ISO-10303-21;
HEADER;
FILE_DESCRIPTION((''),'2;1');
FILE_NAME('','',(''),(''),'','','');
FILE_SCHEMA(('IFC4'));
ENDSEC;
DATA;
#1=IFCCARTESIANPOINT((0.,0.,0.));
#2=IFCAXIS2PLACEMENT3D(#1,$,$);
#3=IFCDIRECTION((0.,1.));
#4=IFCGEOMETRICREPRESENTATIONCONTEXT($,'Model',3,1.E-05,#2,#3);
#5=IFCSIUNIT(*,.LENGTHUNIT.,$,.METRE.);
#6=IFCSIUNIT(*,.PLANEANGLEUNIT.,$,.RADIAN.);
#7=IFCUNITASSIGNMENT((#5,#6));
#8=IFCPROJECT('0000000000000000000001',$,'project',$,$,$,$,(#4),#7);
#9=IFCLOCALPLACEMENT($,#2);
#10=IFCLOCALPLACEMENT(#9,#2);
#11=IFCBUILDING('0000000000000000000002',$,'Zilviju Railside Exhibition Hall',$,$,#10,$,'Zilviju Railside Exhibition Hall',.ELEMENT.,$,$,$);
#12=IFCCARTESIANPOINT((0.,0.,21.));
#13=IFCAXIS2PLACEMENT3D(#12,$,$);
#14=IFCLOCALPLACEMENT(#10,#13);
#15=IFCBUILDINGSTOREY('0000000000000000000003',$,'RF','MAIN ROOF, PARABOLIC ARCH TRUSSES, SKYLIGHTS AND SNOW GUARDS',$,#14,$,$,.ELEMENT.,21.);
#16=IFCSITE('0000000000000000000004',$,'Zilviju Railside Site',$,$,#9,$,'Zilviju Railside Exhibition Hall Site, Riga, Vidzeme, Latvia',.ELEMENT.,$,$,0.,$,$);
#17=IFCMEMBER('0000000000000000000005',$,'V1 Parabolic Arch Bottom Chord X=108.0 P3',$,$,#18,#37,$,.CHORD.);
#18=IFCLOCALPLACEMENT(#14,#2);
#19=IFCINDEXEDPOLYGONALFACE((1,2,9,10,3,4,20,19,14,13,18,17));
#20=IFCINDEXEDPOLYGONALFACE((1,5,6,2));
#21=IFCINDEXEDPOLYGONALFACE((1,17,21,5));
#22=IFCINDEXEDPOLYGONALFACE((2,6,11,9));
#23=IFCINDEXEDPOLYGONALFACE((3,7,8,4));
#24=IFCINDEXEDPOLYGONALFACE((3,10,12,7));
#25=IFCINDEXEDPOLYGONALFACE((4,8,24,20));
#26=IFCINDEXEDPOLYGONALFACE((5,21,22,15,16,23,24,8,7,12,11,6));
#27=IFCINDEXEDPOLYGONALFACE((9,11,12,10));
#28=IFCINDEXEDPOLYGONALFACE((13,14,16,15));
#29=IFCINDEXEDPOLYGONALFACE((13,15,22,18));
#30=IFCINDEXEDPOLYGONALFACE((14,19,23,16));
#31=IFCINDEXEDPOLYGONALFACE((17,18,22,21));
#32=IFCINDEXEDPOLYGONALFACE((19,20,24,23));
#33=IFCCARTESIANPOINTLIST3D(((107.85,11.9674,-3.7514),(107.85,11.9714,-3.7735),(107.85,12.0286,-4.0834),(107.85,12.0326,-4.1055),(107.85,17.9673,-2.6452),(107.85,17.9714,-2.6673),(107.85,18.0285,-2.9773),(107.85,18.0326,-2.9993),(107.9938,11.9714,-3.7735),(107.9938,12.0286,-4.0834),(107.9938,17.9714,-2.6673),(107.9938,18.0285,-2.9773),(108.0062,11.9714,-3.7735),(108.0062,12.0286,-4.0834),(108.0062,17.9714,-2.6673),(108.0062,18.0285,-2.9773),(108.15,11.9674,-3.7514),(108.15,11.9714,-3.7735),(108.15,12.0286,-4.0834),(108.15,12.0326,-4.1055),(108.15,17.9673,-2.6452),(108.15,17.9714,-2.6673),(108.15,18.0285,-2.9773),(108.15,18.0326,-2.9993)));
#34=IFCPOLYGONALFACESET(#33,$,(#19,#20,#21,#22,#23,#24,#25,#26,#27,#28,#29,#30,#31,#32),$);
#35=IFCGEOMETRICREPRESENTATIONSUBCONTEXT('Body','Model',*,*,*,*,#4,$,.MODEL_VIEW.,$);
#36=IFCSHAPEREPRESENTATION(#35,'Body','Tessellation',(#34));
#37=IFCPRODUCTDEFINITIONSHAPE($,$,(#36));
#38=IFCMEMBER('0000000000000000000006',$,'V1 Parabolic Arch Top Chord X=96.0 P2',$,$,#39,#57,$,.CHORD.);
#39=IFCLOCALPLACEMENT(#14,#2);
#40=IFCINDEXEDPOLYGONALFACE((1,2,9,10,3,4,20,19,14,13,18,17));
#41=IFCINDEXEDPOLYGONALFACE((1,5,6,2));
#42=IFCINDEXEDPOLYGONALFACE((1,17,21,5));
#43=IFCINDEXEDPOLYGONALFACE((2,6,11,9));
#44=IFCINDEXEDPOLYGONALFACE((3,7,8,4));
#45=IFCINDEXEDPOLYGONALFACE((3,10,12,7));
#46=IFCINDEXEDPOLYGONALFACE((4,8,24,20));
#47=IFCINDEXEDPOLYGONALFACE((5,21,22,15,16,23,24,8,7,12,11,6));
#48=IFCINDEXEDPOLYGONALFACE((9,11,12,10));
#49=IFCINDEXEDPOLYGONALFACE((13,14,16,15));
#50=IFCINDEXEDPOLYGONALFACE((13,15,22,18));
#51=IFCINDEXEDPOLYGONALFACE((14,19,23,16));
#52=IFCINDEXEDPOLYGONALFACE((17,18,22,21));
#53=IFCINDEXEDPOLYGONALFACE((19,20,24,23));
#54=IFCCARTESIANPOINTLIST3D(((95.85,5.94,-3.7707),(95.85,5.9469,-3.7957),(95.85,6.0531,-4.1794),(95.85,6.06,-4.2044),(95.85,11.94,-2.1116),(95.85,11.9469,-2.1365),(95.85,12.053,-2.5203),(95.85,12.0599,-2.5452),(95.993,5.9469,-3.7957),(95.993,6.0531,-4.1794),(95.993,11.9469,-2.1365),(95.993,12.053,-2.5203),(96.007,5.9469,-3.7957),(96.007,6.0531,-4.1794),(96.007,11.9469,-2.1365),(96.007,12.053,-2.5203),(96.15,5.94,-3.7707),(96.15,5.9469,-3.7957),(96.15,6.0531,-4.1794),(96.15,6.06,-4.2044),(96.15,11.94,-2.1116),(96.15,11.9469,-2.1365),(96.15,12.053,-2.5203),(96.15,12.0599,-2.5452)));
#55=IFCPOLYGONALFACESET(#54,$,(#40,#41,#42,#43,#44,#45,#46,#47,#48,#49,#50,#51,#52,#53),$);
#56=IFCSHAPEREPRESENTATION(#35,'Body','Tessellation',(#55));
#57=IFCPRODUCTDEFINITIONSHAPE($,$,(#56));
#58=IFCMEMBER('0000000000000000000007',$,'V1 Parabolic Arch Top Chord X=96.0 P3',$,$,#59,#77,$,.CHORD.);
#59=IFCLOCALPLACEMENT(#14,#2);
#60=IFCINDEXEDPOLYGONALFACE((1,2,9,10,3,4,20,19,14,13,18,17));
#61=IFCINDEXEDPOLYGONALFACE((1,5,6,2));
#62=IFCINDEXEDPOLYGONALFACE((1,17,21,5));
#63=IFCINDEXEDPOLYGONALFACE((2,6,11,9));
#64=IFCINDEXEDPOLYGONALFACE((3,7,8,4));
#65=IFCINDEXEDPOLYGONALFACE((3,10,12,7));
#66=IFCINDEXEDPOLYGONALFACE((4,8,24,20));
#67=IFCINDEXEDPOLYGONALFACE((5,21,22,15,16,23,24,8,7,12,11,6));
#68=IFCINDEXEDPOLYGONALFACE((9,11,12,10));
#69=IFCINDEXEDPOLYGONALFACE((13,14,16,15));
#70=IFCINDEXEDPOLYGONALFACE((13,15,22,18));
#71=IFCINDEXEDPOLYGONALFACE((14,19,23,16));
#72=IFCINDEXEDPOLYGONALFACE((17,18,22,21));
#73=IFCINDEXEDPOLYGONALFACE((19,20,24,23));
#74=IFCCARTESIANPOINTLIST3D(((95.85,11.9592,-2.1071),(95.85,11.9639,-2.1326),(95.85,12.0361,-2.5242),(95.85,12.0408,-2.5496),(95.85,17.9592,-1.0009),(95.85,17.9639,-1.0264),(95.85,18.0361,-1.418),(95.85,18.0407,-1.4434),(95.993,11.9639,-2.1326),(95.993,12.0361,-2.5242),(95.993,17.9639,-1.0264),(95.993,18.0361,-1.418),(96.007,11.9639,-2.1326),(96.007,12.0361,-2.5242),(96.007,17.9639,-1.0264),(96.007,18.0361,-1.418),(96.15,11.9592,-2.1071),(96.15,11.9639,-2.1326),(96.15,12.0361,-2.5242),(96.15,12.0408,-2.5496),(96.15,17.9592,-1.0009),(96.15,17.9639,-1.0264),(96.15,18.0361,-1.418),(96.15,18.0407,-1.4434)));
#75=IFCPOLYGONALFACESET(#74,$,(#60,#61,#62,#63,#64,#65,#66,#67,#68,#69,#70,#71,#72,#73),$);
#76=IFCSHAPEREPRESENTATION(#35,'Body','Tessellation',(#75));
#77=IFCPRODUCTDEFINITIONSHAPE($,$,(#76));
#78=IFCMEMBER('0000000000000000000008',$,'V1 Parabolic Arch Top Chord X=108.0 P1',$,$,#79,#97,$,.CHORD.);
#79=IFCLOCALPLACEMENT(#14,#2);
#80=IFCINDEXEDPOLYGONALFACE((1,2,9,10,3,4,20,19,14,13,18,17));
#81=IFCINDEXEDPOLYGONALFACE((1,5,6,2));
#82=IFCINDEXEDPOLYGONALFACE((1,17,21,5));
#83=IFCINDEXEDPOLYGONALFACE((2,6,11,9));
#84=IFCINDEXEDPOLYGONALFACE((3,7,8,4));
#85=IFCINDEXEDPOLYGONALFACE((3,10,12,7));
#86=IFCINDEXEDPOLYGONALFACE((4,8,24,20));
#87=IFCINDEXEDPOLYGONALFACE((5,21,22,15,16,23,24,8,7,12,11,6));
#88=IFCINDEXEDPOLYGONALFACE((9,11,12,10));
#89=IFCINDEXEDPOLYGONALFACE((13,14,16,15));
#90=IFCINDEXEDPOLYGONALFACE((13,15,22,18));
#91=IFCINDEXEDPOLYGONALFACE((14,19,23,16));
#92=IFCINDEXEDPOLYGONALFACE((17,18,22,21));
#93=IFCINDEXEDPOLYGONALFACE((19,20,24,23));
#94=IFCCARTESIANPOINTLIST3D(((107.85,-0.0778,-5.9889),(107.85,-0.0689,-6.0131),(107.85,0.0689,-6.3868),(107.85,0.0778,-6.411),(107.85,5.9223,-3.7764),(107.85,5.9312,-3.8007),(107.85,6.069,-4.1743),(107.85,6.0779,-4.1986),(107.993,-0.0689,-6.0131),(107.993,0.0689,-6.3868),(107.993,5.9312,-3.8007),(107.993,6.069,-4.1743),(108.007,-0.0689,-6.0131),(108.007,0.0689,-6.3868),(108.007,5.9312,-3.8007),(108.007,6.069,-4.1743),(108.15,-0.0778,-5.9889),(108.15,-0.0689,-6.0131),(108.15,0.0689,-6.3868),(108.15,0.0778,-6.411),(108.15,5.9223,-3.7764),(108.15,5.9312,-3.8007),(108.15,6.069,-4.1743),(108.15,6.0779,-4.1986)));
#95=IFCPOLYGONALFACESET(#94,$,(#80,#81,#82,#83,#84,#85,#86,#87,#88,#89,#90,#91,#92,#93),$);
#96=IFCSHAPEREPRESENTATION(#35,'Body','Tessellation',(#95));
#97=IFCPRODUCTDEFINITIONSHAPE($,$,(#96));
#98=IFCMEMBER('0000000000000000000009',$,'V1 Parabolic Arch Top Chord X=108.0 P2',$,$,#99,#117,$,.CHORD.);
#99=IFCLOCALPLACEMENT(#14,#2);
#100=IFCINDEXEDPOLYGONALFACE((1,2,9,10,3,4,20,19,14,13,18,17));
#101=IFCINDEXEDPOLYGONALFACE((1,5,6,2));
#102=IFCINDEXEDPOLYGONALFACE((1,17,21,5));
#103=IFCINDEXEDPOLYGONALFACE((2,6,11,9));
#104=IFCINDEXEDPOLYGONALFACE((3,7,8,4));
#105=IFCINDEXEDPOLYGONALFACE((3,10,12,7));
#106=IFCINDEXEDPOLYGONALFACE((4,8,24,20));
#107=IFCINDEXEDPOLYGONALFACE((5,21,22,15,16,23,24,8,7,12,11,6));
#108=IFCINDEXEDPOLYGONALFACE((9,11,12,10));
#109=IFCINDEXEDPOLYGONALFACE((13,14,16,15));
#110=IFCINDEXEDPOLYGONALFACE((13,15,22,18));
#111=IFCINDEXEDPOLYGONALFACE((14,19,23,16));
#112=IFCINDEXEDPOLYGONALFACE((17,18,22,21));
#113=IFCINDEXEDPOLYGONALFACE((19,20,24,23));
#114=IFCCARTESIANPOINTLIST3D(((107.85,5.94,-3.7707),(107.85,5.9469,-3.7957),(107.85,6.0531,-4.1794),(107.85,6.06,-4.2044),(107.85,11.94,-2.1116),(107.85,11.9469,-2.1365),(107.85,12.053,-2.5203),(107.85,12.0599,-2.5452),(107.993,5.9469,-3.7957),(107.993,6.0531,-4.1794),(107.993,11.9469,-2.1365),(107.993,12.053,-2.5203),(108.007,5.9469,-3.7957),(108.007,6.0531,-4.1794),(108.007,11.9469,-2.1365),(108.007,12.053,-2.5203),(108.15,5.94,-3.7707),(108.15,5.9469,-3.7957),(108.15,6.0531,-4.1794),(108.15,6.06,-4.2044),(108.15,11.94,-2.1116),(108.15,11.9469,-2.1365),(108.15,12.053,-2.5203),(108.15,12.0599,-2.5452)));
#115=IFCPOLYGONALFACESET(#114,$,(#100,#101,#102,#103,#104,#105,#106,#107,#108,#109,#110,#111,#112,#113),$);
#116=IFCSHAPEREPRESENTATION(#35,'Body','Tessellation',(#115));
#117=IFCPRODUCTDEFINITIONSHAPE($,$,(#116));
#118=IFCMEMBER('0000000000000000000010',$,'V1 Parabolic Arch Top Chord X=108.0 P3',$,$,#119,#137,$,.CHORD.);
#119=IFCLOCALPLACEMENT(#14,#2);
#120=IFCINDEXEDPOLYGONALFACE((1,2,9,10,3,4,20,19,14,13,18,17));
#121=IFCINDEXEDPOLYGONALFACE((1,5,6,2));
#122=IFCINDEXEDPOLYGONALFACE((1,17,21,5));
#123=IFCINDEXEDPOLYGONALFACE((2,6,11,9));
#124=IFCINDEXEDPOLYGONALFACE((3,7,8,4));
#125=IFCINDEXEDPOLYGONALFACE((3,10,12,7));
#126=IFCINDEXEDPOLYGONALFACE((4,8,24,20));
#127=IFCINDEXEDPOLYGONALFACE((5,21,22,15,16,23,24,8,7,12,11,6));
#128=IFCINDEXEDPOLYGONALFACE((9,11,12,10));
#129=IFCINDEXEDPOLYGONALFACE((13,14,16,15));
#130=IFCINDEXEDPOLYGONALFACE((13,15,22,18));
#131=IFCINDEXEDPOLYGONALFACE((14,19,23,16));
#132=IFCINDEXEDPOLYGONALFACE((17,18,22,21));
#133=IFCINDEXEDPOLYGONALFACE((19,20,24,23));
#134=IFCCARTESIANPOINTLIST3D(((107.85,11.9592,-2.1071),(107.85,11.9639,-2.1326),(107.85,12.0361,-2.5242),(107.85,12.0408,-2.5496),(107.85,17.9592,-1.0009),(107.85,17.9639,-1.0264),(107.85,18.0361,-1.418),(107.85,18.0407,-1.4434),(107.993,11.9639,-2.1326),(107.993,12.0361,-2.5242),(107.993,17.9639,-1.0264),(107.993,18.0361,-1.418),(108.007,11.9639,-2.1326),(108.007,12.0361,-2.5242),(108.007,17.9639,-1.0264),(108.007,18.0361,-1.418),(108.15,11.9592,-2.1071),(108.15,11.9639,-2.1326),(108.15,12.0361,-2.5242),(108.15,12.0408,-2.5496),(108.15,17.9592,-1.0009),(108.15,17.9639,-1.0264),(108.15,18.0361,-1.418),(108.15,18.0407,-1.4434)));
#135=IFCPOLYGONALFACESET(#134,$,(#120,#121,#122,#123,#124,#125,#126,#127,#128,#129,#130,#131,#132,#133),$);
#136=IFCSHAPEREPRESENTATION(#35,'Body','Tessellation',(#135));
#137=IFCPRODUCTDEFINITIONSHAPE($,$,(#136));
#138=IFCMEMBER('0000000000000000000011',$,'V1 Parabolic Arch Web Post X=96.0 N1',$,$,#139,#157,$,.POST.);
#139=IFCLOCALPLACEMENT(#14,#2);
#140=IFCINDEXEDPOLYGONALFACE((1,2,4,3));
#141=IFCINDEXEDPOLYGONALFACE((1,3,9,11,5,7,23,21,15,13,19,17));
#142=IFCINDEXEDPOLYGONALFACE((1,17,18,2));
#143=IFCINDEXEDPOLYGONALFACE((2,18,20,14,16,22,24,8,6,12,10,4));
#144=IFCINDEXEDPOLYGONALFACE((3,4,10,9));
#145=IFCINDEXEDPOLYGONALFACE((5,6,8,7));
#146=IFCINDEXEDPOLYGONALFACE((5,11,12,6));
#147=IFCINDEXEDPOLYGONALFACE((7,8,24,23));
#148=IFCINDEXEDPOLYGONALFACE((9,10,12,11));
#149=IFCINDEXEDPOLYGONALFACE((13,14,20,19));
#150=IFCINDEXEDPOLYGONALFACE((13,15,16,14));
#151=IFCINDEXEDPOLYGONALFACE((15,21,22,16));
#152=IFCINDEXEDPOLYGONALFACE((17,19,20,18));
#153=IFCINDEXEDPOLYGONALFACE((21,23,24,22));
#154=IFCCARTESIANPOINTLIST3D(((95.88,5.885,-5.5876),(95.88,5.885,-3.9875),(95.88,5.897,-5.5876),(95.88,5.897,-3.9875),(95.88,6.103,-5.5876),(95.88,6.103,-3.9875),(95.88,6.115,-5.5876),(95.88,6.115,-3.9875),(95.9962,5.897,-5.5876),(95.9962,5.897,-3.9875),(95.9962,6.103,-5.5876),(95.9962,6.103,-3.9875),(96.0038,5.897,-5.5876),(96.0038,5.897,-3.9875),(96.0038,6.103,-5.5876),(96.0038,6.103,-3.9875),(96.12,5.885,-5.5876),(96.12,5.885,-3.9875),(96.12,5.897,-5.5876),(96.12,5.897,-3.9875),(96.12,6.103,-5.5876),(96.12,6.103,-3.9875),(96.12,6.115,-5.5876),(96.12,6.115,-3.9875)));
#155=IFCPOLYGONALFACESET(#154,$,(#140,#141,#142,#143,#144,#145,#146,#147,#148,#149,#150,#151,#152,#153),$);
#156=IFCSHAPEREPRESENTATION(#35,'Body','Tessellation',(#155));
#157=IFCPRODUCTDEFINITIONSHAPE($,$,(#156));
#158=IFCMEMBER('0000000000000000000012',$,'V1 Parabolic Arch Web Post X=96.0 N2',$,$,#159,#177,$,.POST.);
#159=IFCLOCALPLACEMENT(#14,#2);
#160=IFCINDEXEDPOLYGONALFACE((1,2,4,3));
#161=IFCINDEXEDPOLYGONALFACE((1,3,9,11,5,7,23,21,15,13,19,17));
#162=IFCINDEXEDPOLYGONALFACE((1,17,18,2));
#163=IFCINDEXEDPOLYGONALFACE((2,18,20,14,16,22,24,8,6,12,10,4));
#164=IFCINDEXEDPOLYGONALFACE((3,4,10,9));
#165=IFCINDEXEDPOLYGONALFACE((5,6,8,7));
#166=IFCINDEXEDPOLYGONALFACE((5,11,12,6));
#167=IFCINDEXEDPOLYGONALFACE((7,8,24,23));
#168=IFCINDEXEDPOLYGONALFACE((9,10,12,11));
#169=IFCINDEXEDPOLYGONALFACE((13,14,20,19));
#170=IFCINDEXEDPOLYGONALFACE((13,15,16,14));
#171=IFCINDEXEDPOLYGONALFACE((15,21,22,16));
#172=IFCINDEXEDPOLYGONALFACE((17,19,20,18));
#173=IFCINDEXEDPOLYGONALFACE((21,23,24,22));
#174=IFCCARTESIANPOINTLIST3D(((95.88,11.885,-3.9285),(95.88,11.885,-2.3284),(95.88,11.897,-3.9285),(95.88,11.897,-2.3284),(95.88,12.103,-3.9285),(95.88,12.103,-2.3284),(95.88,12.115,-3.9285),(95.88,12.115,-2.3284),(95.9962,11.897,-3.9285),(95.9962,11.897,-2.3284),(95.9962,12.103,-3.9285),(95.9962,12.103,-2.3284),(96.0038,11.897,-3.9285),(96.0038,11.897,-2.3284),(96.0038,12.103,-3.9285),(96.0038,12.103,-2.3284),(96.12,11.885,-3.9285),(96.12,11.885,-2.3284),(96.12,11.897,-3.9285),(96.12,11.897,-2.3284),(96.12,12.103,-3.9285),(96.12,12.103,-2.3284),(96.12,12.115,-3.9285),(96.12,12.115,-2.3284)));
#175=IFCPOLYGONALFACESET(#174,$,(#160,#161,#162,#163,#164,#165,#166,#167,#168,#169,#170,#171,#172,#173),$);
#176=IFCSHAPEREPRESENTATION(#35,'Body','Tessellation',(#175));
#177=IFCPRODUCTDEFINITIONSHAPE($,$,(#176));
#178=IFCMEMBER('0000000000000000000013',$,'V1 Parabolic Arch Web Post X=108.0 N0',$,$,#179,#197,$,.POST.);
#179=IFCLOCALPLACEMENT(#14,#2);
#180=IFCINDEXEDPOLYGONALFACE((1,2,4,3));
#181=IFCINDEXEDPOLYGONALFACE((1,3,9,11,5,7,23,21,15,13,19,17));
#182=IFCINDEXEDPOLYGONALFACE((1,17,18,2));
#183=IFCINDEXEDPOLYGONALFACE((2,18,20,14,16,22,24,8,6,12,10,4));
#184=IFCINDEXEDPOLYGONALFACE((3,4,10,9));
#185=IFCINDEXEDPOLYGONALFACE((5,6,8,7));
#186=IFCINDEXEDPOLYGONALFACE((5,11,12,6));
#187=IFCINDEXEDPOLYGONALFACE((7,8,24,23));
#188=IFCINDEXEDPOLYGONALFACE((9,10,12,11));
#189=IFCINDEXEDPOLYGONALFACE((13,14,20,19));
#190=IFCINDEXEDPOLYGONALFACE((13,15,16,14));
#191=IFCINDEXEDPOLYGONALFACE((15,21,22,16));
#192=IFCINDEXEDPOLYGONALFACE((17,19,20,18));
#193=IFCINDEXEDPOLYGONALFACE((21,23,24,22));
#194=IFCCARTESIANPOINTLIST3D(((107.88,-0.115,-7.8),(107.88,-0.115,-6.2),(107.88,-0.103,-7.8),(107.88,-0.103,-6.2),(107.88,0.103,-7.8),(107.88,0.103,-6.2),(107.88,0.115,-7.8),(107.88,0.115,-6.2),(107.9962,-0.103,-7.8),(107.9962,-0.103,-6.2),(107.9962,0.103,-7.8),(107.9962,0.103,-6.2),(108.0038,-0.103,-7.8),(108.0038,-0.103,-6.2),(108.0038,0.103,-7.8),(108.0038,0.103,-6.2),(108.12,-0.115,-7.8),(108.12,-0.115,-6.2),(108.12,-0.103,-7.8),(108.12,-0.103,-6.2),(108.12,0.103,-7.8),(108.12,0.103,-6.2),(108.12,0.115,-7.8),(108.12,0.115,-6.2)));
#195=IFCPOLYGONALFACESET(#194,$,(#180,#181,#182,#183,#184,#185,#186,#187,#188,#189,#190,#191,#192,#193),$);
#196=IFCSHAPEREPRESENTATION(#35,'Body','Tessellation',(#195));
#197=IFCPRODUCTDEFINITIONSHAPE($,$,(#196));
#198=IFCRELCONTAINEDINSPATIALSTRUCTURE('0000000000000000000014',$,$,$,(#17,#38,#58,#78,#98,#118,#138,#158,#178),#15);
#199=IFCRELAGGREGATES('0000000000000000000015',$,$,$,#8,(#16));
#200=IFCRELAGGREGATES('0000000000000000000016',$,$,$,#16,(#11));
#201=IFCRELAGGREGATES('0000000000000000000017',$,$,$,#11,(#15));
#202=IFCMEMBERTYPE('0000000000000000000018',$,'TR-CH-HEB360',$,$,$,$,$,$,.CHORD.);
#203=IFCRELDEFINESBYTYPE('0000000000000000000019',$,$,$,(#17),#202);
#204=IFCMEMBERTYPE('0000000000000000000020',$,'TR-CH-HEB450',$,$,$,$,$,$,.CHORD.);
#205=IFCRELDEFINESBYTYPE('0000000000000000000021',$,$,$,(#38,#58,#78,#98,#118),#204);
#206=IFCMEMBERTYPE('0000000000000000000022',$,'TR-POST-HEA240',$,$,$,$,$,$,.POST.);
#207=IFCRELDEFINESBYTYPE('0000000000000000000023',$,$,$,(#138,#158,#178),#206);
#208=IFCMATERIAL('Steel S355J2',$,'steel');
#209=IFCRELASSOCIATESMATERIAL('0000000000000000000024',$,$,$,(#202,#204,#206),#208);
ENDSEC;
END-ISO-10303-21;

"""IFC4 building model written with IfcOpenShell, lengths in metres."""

from ifc_helpers import new_model, si_unit, direction, frame, origin, origin_2d, place, context, subcontext, project, spatial, i_section, extrude, material, material_profile, profile_set, type_object, element, save


model = new_model("IFC4")

# Units and contexts
model_context = context("Model", 3, precision=1e-05, world=origin(), true_north=direction((0.0, 1.0)))
body_context = subcontext(model_context, "Body", "Model", "MODEL_VIEW")
ifc_project = project(units=[si_unit("LENGTHUNIT", "METRE"), si_unit("PLANEANGLEUNIT", "RADIAN")], contexts=[model_context])

# Site, building, storey
site_placement = place(None, origin())
site = spatial("IfcSite", under=ifc_project, at=site_placement, Name="Zilviju Railside Site", LongName="Zilviju Railside Exhibition Hall Site, Riga, Vidzeme, Latvia", CompositionType="ELEMENT", RefElevation=0.0)
building_placement = place(site_placement, origin())
building = spatial("IfcBuilding", under=site, at=building_placement, Name="Zilviju Railside Exhibition Hall", LongName="Zilviju Railside Exhibition Hall", CompositionType="ELEMENT")
storey_placement = place(building_placement, frame((0.0, 0.0, 21.0)))
storey = spatial("IfcBuildingStorey", under=building, at=storey_placement, Name="RF", Description="MAIN ROOF, PARABOLIC ARCH TRUSSES, SKYLIGHTS AND SNOW GUARDS", CompositionType="ELEMENT", Elevation=21.0)

# Members
ifc_material_1 = material(Name="Steel S355J2", Category="steel")
ifc_material_profile_1 = material_profile(ifc_material_1, i_section(OverallWidth=0.3, OverallDepth=0.3601, WebThickness=0.0125, FlangeThickness=0.0225, at=origin_2d()), Name="HEB 360")
ifc_profile_set_1 = profile_set([ifc_material_profile_1], Name="Steel S355J2")
member_type_1 = type_object("IfcMemberType", Name="TR-CH-HEB360", PredefinedType="CHORD", material=ifc_profile_set_1)
member_1_placement = place(storey_placement, frame((108.0, 12.0, -3.9285), z_axis=(0.0, 0.983426, 0.181311), x_axis=(-1.0, 0.0, 0.0)))
element("IfcMember", 1, at=member_1_placement, inside=storey, type_object=member_type_1, Name="V1 Parabolic Arch Bottom Chord X=108.0 P3", PredefinedType="CHORD", context=body_context, shape_type="SweptSolid", body=[
    extrude(i_section(OverallWidth=0.3, OverallDepth=0.3601, WebThickness=0.0125, FlangeThickness=0.0225, at=origin_2d()), origin(), (0.0, 0.0, 1.0), 6.1011),
])
ifc_material_profile_2 = material_profile(ifc_material_1, i_section(OverallWidth=0.3, OverallDepth=0.45, WebThickness=0.0139, FlangeThickness=0.0259, at=origin_2d()), Name="HEB 450")
ifc_profile_set_2 = profile_set([ifc_material_profile_2], Name="Steel S355J2")
member_type_2 = type_object("IfcMemberType", Name="TR-CH-HEB450", PredefinedType="CHORD", material=ifc_profile_set_2)
member_2_placement = place(storey_placement, frame((96.0, 6.0, -3.9875), z_axis=(0.0, 0.963827, 0.266527), x_axis=(-1.0, 0.0, 0.0)))
element("IfcMember", 2, at=member_2_placement, inside=storey, type_object=member_type_2, Name="V1 Parabolic Arch Top Chord X=96.0 P2", PredefinedType="CHORD", context=body_context, shape_type="SweptSolid", body=[
    extrude(i_section(OverallWidth=0.3, OverallDepth=0.45, WebThickness=0.0139, FlangeThickness=0.0259, at=origin_2d()), origin(), (0.0, 0.0, 1.0), 6.2251),
])
member_3_placement = place(storey_placement, frame((96.0, 12.0, -2.3284), z_axis=(0.0, 0.983426, 0.181311), x_axis=(-1.0, 0.0, 0.0)))
element("IfcMember", 3, at=member_3_placement, inside=storey, type_object=member_type_2, Name="V1 Parabolic Arch Top Chord X=96.0 P3", PredefinedType="CHORD", context=body_context, shape_type="SweptSolid", body=[
    extrude(i_section(OverallWidth=0.3, OverallDepth=0.45, WebThickness=0.0139, FlangeThickness=0.0259, at=origin_2d()), origin(), (0.0, 0.0, 1.0), 6.1011),
])
member_4_placement = place(storey_placement, frame((108.0, 0.0, -6.2), z_axis=(0.0, 0.938248, 0.345964), x_axis=(-1.0, 0.0, 0.0)))
element("IfcMember", 4, at=member_4_placement, inside=storey, type_object=member_type_2, Name="V1 Parabolic Arch Top Chord X=108.0 P1", PredefinedType="CHORD", context=body_context, shape_type="SweptSolid", body=[
    extrude(i_section(OverallWidth=0.3, OverallDepth=0.45, WebThickness=0.0139, FlangeThickness=0.0259, at=origin_2d()), origin(), (0.0, 0.0, 1.0), 6.395),
])
member_5_placement = place(storey_placement, frame((108.0, 6.0, -3.9875), z_axis=(0.0, 0.963827, 0.266527), x_axis=(-1.0, 0.0, 0.0)))
element("IfcMember", 5, at=member_5_placement, inside=storey, type_object=member_type_2, Name="V1 Parabolic Arch Top Chord X=108.0 P2", PredefinedType="CHORD", context=body_context, shape_type="SweptSolid", body=[
    extrude(i_section(OverallWidth=0.3, OverallDepth=0.45, WebThickness=0.0139, FlangeThickness=0.0259, at=origin_2d()), origin(), (0.0, 0.0, 1.0), 6.2251),
])
member_6_placement = place(storey_placement, frame((108.0, 12.0, -2.3284), z_axis=(0.0, 0.983426, 0.181311), x_axis=(-1.0, 0.0, 0.0)))
element("IfcMember", 6, at=member_6_placement, inside=storey, type_object=member_type_2, Name="V1 Parabolic Arch Top Chord X=108.0 P3", PredefinedType="CHORD", context=body_context, shape_type="SweptSolid", body=[
    extrude(i_section(OverallWidth=0.3, OverallDepth=0.45, WebThickness=0.0139, FlangeThickness=0.0259, at=origin_2d()), origin(), (0.0, 0.0, 1.0), 6.1011),
])
ifc_material_profile_3 = material_profile(ifc_material_1, i_section(OverallWidth=0.24, OverallDepth=0.23, WebThickness=0.0076, FlangeThickness=0.012, at=origin_2d()), Name="HEA 240")
ifc_profile_set_3 = profile_set([ifc_material_profile_3], Name="Steel S355J2")
member_type_3 = type_object("IfcMemberType", Name="TR-POST-HEA240", PredefinedType="POST", material=ifc_profile_set_3)
for number, where, z_axis, x_axis, name in (
    (7, (96.0, 6.0, -5.5876), (0.0, 0.0, 1.0), (1.0, 0.0, 0.0), "V1 Parabolic Arch Web Post X=96.0 N1"),
    (8, (96.0, 12.0, -3.9285), (0.0, 0.0, 1.0), (1.0, 0.0, 0.0), "V1 Parabolic Arch Web Post X=96.0 N2"),
    (9, (108.0, 0.0, -7.8), (0.0, 0.0, 1.0), (1.0, 0.0, 0.0), "V1 Parabolic Arch Web Post X=108.0 N0"),
):
    element("IfcMember", number, at=place(storey_placement, frame(where, z_axis=z_axis, x_axis=x_axis)), inside=storey, type_object=member_type_3, Name=name, PredefinedType="POST", context=body_context, shape_type="SweptSolid", body=[
        extrude(i_section(OverallWidth=0.24, OverallDepth=0.23, WebThickness=0.0076, FlangeThickness=0.012, at=origin_2d()), origin(), (0.0, 0.0, 1.0), 1.6001),
    ])

save(model, "model.ifc")
